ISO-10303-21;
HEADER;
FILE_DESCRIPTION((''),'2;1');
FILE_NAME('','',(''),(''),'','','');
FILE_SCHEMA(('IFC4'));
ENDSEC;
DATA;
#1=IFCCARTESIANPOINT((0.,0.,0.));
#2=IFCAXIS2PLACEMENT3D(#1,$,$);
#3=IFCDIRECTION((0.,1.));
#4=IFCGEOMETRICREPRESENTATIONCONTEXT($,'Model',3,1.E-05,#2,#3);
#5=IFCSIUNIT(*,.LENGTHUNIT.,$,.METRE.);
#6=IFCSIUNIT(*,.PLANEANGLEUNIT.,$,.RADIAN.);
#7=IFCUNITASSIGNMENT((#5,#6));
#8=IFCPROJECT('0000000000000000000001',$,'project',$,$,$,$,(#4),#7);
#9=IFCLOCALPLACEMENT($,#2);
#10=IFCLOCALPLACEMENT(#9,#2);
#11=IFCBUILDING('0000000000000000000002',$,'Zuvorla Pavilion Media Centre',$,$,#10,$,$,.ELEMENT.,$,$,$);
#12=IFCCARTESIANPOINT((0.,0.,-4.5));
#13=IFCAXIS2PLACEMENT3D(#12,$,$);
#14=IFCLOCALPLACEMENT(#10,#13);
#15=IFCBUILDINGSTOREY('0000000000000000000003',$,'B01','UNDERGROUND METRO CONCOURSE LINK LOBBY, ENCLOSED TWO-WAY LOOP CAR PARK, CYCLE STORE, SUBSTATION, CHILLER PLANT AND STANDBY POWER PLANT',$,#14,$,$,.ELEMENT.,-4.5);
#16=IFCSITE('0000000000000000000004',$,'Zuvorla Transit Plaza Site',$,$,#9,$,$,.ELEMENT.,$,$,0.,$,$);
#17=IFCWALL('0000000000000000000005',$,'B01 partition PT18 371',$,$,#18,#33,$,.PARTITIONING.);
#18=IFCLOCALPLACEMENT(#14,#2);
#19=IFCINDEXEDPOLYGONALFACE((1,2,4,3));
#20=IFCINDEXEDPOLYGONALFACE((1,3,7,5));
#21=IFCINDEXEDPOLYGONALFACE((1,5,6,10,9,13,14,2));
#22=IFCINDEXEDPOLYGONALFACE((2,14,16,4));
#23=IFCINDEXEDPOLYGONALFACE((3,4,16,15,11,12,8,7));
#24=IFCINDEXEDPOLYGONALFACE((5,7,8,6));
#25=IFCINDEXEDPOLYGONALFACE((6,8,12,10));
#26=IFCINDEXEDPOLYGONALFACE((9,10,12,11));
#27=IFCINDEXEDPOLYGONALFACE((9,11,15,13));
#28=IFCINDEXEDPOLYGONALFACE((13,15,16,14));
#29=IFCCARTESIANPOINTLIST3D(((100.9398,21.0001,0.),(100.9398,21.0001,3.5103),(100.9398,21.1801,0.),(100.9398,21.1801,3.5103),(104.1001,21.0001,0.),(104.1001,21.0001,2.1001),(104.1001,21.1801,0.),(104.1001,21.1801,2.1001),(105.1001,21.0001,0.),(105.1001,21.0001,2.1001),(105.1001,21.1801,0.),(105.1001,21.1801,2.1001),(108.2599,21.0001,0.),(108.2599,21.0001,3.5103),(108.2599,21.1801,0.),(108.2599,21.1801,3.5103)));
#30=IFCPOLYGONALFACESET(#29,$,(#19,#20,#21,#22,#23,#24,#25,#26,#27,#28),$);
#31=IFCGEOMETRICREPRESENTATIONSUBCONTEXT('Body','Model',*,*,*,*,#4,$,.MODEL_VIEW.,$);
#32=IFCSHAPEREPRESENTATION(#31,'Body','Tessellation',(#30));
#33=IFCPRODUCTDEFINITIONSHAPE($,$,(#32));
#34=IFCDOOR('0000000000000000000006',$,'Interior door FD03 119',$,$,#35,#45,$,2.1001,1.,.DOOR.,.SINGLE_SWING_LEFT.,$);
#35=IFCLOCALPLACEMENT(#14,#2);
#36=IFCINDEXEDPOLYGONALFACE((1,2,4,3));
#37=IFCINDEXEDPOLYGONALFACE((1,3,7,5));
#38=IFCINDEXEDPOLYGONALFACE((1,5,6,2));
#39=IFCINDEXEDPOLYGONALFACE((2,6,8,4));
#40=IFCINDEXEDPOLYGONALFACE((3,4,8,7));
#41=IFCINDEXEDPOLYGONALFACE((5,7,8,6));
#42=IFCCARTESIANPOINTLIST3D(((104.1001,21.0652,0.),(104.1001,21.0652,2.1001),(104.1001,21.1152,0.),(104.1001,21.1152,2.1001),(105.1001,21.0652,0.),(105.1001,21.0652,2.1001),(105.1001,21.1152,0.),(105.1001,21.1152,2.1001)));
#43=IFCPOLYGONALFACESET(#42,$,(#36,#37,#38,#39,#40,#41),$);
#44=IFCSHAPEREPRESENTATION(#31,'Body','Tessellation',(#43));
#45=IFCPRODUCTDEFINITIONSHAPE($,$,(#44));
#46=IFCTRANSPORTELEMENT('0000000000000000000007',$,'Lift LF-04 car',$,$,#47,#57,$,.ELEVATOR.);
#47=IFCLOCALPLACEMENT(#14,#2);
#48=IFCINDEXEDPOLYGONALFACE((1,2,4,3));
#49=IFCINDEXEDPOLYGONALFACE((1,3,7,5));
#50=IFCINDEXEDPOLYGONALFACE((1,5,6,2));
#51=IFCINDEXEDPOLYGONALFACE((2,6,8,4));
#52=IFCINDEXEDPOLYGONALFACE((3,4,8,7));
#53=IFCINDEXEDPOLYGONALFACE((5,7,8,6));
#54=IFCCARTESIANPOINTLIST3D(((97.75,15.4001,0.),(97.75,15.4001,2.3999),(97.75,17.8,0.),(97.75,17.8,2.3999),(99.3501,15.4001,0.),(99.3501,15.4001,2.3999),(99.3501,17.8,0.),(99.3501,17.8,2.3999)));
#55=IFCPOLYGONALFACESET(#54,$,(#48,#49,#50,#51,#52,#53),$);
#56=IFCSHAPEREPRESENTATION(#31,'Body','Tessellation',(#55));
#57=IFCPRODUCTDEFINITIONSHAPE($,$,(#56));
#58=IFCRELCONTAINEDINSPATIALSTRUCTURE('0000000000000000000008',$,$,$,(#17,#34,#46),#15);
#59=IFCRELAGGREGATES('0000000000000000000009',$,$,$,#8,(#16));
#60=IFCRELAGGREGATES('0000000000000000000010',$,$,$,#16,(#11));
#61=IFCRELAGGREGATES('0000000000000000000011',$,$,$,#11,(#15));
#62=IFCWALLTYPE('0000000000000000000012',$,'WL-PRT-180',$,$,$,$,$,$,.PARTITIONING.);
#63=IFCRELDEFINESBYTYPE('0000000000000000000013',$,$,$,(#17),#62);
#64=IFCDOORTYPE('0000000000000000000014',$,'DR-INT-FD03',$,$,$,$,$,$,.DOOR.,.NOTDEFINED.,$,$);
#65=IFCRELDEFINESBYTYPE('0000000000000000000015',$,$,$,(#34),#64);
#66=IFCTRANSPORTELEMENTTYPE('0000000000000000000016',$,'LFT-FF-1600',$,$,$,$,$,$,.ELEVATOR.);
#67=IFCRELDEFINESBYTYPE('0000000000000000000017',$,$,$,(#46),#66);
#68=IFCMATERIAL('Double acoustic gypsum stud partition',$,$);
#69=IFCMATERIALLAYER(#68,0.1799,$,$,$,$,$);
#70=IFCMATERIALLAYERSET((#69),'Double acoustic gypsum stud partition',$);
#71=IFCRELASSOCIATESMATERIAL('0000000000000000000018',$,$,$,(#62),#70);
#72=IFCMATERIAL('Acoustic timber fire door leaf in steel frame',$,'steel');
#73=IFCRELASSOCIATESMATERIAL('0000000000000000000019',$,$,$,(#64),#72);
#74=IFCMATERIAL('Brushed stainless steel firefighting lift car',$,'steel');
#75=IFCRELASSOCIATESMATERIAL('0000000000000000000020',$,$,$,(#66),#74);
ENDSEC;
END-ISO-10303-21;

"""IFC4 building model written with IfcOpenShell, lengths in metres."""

from ifc_helpers import new_model, si_unit, direction, frame, frame_2d, origin, origin_2d, place, context, subcontext, project, spatial, rectangle, extrude, material, layer, layer_set, type_object, element, fill, save


model = new_model("IFC4")

# Units and contexts
model_context = context("Model", 3, precision=1e-05, world=origin(), true_north=direction((0.0, 1.0)))
body_context = subcontext(model_context, "Body", "Model", "MODEL_VIEW")
ifc_project = project(units=[si_unit("LENGTHUNIT", "METRE"), si_unit("PLANEANGLEUNIT", "RADIAN")], contexts=[model_context])

# Site, building, storey
site_placement = place(None, origin())
site = spatial("IfcSite", under=ifc_project, at=site_placement, Name="Zuvorla Transit Plaza Site", CompositionType="ELEMENT", RefElevation=0.0)
building_placement = place(site_placement, origin())
building = spatial("IfcBuilding", under=site, at=building_placement, Name="Zuvorla Pavilion Media Centre", CompositionType="ELEMENT")
storey_placement = place(building_placement, frame((0.0, 0.0, -4.5)))
storey = spatial("IfcBuildingStorey", under=building, at=storey_placement, Name="B01", Description="UNDERGROUND METRO CONCOURSE LINK LOBBY, ENCLOSED TWO-WAY LOOP CAR PARK, CYCLE STORE, SUBSTATION, CHILLER PLANT AND STANDBY POWER PLANT", CompositionType="ELEMENT", Elevation=-4.5)

# Shared definitions
ifc_material_1 = material(Name="Acoustic timber fire door leaf in steel frame", Category="steel")

# Wall, opening, door
ifc_material_2 = material(Name="Double acoustic gypsum stud partition")
ifc_layer_1 = layer(ifc_material_2, 0.1799)
ifc_layer_set_1 = layer_set([ifc_layer_1], Name="Double acoustic gypsum stud partition")
wall_type_1 = type_object("IfcWallType", Name="WL-PRT-180", PredefinedType="PARTITIONING", material=ifc_layer_set_1)
wall_1_placement = place(storey_placement, frame((108.26, 21.0901, 0.0), z_axis=(0.0, 0.0, 1.0), x_axis=(-1.0, 0.0, 0.0)))
wall_1 = element("IfcWall", 1, at=wall_1_placement, inside=storey, type_object=wall_type_1, Name="B01 partition PT18 371", PredefinedType="PARTITIONING", context=body_context, shape_type="SweptSolid", body=[
    extrude(rectangle(XDim=7.3201, YDim=0.1799, at=frame_2d((3.6602, 0.0))), origin(), (0.0, 0.0, 1.0), 3.5103),
])
opening_1_placement = place(wall_1_placement, frame((3.1599, 0.0, 0.0)))
opening_1 = element("IfcOpeningElement", 2, at=opening_1_placement, cuts=wall_1, PredefinedType="OPENING", context=body_context, shape_type="SweptSolid", body=[
    extrude(rectangle(XDim=1.0, YDim=2.1001, at=frame_2d((0.5, 1.05))), frame((0.0, 0.0999, 0.0), z_axis=(0.0, -1.0, 0.0), x_axis=(1.0, 0.0, 0.0)), (0.0, 0.0, 1.0), 0.2),
])
door_type_1 = type_object("IfcDoorType", Name="DR-INT-FD03", OperationType="NOTDEFINED", PredefinedType="DOOR", material=ifc_material_1)
door_1_placement = place(opening_1_placement, origin())
door_1 = element("IfcDoor", 3, at=door_1_placement, inside=storey, type_object=door_type_1, Name="Interior door FD03 119", OperationType="SINGLE_SWING_LEFT", OverallHeight=2.1001, OverallWidth=1.0, PredefinedType="DOOR", context=body_context, shape_type="SweptSolid", body=[
    extrude(rectangle(XDim=1.0, YDim=2.1001, at=frame_2d((0.5, 1.05))), frame((0.0, 0.0249, 0.0), z_axis=(0.0, -1.0, 0.0), x_axis=(1.0, 0.0, 0.0)), (0.0, 0.0, 1.0), 0.05),
])
fill(opening_1, door_1)

# Transport element
ifc_material_3 = material(Name="Brushed stainless steel firefighting lift car", Category="steel")
transport_element_type = type_object("IfcTransportElementType", Name="LFT-FF-1600", PredefinedType="ELEVATOR", material=ifc_material_3)
transport_element_placement = place(storey_placement, frame((98.55, 16.6001, 0.0), z_axis=(0.0, 0.0, 1.0), x_axis=(1.0, 0.0, 0.0)))
element("IfcTransportElement", 4, at=transport_element_placement, inside=storey, type_object=transport_element_type, Name="Lift LF-04 car", PredefinedType="ELEVATOR", context=body_context, shape_type="SweptSolid", body=[
    extrude(rectangle(XDim=1.6001, YDim=2.3999, at=origin_2d()), origin(), (0.0, 0.0, 1.0), 2.3999),
])

save(model, "model.ifc")
